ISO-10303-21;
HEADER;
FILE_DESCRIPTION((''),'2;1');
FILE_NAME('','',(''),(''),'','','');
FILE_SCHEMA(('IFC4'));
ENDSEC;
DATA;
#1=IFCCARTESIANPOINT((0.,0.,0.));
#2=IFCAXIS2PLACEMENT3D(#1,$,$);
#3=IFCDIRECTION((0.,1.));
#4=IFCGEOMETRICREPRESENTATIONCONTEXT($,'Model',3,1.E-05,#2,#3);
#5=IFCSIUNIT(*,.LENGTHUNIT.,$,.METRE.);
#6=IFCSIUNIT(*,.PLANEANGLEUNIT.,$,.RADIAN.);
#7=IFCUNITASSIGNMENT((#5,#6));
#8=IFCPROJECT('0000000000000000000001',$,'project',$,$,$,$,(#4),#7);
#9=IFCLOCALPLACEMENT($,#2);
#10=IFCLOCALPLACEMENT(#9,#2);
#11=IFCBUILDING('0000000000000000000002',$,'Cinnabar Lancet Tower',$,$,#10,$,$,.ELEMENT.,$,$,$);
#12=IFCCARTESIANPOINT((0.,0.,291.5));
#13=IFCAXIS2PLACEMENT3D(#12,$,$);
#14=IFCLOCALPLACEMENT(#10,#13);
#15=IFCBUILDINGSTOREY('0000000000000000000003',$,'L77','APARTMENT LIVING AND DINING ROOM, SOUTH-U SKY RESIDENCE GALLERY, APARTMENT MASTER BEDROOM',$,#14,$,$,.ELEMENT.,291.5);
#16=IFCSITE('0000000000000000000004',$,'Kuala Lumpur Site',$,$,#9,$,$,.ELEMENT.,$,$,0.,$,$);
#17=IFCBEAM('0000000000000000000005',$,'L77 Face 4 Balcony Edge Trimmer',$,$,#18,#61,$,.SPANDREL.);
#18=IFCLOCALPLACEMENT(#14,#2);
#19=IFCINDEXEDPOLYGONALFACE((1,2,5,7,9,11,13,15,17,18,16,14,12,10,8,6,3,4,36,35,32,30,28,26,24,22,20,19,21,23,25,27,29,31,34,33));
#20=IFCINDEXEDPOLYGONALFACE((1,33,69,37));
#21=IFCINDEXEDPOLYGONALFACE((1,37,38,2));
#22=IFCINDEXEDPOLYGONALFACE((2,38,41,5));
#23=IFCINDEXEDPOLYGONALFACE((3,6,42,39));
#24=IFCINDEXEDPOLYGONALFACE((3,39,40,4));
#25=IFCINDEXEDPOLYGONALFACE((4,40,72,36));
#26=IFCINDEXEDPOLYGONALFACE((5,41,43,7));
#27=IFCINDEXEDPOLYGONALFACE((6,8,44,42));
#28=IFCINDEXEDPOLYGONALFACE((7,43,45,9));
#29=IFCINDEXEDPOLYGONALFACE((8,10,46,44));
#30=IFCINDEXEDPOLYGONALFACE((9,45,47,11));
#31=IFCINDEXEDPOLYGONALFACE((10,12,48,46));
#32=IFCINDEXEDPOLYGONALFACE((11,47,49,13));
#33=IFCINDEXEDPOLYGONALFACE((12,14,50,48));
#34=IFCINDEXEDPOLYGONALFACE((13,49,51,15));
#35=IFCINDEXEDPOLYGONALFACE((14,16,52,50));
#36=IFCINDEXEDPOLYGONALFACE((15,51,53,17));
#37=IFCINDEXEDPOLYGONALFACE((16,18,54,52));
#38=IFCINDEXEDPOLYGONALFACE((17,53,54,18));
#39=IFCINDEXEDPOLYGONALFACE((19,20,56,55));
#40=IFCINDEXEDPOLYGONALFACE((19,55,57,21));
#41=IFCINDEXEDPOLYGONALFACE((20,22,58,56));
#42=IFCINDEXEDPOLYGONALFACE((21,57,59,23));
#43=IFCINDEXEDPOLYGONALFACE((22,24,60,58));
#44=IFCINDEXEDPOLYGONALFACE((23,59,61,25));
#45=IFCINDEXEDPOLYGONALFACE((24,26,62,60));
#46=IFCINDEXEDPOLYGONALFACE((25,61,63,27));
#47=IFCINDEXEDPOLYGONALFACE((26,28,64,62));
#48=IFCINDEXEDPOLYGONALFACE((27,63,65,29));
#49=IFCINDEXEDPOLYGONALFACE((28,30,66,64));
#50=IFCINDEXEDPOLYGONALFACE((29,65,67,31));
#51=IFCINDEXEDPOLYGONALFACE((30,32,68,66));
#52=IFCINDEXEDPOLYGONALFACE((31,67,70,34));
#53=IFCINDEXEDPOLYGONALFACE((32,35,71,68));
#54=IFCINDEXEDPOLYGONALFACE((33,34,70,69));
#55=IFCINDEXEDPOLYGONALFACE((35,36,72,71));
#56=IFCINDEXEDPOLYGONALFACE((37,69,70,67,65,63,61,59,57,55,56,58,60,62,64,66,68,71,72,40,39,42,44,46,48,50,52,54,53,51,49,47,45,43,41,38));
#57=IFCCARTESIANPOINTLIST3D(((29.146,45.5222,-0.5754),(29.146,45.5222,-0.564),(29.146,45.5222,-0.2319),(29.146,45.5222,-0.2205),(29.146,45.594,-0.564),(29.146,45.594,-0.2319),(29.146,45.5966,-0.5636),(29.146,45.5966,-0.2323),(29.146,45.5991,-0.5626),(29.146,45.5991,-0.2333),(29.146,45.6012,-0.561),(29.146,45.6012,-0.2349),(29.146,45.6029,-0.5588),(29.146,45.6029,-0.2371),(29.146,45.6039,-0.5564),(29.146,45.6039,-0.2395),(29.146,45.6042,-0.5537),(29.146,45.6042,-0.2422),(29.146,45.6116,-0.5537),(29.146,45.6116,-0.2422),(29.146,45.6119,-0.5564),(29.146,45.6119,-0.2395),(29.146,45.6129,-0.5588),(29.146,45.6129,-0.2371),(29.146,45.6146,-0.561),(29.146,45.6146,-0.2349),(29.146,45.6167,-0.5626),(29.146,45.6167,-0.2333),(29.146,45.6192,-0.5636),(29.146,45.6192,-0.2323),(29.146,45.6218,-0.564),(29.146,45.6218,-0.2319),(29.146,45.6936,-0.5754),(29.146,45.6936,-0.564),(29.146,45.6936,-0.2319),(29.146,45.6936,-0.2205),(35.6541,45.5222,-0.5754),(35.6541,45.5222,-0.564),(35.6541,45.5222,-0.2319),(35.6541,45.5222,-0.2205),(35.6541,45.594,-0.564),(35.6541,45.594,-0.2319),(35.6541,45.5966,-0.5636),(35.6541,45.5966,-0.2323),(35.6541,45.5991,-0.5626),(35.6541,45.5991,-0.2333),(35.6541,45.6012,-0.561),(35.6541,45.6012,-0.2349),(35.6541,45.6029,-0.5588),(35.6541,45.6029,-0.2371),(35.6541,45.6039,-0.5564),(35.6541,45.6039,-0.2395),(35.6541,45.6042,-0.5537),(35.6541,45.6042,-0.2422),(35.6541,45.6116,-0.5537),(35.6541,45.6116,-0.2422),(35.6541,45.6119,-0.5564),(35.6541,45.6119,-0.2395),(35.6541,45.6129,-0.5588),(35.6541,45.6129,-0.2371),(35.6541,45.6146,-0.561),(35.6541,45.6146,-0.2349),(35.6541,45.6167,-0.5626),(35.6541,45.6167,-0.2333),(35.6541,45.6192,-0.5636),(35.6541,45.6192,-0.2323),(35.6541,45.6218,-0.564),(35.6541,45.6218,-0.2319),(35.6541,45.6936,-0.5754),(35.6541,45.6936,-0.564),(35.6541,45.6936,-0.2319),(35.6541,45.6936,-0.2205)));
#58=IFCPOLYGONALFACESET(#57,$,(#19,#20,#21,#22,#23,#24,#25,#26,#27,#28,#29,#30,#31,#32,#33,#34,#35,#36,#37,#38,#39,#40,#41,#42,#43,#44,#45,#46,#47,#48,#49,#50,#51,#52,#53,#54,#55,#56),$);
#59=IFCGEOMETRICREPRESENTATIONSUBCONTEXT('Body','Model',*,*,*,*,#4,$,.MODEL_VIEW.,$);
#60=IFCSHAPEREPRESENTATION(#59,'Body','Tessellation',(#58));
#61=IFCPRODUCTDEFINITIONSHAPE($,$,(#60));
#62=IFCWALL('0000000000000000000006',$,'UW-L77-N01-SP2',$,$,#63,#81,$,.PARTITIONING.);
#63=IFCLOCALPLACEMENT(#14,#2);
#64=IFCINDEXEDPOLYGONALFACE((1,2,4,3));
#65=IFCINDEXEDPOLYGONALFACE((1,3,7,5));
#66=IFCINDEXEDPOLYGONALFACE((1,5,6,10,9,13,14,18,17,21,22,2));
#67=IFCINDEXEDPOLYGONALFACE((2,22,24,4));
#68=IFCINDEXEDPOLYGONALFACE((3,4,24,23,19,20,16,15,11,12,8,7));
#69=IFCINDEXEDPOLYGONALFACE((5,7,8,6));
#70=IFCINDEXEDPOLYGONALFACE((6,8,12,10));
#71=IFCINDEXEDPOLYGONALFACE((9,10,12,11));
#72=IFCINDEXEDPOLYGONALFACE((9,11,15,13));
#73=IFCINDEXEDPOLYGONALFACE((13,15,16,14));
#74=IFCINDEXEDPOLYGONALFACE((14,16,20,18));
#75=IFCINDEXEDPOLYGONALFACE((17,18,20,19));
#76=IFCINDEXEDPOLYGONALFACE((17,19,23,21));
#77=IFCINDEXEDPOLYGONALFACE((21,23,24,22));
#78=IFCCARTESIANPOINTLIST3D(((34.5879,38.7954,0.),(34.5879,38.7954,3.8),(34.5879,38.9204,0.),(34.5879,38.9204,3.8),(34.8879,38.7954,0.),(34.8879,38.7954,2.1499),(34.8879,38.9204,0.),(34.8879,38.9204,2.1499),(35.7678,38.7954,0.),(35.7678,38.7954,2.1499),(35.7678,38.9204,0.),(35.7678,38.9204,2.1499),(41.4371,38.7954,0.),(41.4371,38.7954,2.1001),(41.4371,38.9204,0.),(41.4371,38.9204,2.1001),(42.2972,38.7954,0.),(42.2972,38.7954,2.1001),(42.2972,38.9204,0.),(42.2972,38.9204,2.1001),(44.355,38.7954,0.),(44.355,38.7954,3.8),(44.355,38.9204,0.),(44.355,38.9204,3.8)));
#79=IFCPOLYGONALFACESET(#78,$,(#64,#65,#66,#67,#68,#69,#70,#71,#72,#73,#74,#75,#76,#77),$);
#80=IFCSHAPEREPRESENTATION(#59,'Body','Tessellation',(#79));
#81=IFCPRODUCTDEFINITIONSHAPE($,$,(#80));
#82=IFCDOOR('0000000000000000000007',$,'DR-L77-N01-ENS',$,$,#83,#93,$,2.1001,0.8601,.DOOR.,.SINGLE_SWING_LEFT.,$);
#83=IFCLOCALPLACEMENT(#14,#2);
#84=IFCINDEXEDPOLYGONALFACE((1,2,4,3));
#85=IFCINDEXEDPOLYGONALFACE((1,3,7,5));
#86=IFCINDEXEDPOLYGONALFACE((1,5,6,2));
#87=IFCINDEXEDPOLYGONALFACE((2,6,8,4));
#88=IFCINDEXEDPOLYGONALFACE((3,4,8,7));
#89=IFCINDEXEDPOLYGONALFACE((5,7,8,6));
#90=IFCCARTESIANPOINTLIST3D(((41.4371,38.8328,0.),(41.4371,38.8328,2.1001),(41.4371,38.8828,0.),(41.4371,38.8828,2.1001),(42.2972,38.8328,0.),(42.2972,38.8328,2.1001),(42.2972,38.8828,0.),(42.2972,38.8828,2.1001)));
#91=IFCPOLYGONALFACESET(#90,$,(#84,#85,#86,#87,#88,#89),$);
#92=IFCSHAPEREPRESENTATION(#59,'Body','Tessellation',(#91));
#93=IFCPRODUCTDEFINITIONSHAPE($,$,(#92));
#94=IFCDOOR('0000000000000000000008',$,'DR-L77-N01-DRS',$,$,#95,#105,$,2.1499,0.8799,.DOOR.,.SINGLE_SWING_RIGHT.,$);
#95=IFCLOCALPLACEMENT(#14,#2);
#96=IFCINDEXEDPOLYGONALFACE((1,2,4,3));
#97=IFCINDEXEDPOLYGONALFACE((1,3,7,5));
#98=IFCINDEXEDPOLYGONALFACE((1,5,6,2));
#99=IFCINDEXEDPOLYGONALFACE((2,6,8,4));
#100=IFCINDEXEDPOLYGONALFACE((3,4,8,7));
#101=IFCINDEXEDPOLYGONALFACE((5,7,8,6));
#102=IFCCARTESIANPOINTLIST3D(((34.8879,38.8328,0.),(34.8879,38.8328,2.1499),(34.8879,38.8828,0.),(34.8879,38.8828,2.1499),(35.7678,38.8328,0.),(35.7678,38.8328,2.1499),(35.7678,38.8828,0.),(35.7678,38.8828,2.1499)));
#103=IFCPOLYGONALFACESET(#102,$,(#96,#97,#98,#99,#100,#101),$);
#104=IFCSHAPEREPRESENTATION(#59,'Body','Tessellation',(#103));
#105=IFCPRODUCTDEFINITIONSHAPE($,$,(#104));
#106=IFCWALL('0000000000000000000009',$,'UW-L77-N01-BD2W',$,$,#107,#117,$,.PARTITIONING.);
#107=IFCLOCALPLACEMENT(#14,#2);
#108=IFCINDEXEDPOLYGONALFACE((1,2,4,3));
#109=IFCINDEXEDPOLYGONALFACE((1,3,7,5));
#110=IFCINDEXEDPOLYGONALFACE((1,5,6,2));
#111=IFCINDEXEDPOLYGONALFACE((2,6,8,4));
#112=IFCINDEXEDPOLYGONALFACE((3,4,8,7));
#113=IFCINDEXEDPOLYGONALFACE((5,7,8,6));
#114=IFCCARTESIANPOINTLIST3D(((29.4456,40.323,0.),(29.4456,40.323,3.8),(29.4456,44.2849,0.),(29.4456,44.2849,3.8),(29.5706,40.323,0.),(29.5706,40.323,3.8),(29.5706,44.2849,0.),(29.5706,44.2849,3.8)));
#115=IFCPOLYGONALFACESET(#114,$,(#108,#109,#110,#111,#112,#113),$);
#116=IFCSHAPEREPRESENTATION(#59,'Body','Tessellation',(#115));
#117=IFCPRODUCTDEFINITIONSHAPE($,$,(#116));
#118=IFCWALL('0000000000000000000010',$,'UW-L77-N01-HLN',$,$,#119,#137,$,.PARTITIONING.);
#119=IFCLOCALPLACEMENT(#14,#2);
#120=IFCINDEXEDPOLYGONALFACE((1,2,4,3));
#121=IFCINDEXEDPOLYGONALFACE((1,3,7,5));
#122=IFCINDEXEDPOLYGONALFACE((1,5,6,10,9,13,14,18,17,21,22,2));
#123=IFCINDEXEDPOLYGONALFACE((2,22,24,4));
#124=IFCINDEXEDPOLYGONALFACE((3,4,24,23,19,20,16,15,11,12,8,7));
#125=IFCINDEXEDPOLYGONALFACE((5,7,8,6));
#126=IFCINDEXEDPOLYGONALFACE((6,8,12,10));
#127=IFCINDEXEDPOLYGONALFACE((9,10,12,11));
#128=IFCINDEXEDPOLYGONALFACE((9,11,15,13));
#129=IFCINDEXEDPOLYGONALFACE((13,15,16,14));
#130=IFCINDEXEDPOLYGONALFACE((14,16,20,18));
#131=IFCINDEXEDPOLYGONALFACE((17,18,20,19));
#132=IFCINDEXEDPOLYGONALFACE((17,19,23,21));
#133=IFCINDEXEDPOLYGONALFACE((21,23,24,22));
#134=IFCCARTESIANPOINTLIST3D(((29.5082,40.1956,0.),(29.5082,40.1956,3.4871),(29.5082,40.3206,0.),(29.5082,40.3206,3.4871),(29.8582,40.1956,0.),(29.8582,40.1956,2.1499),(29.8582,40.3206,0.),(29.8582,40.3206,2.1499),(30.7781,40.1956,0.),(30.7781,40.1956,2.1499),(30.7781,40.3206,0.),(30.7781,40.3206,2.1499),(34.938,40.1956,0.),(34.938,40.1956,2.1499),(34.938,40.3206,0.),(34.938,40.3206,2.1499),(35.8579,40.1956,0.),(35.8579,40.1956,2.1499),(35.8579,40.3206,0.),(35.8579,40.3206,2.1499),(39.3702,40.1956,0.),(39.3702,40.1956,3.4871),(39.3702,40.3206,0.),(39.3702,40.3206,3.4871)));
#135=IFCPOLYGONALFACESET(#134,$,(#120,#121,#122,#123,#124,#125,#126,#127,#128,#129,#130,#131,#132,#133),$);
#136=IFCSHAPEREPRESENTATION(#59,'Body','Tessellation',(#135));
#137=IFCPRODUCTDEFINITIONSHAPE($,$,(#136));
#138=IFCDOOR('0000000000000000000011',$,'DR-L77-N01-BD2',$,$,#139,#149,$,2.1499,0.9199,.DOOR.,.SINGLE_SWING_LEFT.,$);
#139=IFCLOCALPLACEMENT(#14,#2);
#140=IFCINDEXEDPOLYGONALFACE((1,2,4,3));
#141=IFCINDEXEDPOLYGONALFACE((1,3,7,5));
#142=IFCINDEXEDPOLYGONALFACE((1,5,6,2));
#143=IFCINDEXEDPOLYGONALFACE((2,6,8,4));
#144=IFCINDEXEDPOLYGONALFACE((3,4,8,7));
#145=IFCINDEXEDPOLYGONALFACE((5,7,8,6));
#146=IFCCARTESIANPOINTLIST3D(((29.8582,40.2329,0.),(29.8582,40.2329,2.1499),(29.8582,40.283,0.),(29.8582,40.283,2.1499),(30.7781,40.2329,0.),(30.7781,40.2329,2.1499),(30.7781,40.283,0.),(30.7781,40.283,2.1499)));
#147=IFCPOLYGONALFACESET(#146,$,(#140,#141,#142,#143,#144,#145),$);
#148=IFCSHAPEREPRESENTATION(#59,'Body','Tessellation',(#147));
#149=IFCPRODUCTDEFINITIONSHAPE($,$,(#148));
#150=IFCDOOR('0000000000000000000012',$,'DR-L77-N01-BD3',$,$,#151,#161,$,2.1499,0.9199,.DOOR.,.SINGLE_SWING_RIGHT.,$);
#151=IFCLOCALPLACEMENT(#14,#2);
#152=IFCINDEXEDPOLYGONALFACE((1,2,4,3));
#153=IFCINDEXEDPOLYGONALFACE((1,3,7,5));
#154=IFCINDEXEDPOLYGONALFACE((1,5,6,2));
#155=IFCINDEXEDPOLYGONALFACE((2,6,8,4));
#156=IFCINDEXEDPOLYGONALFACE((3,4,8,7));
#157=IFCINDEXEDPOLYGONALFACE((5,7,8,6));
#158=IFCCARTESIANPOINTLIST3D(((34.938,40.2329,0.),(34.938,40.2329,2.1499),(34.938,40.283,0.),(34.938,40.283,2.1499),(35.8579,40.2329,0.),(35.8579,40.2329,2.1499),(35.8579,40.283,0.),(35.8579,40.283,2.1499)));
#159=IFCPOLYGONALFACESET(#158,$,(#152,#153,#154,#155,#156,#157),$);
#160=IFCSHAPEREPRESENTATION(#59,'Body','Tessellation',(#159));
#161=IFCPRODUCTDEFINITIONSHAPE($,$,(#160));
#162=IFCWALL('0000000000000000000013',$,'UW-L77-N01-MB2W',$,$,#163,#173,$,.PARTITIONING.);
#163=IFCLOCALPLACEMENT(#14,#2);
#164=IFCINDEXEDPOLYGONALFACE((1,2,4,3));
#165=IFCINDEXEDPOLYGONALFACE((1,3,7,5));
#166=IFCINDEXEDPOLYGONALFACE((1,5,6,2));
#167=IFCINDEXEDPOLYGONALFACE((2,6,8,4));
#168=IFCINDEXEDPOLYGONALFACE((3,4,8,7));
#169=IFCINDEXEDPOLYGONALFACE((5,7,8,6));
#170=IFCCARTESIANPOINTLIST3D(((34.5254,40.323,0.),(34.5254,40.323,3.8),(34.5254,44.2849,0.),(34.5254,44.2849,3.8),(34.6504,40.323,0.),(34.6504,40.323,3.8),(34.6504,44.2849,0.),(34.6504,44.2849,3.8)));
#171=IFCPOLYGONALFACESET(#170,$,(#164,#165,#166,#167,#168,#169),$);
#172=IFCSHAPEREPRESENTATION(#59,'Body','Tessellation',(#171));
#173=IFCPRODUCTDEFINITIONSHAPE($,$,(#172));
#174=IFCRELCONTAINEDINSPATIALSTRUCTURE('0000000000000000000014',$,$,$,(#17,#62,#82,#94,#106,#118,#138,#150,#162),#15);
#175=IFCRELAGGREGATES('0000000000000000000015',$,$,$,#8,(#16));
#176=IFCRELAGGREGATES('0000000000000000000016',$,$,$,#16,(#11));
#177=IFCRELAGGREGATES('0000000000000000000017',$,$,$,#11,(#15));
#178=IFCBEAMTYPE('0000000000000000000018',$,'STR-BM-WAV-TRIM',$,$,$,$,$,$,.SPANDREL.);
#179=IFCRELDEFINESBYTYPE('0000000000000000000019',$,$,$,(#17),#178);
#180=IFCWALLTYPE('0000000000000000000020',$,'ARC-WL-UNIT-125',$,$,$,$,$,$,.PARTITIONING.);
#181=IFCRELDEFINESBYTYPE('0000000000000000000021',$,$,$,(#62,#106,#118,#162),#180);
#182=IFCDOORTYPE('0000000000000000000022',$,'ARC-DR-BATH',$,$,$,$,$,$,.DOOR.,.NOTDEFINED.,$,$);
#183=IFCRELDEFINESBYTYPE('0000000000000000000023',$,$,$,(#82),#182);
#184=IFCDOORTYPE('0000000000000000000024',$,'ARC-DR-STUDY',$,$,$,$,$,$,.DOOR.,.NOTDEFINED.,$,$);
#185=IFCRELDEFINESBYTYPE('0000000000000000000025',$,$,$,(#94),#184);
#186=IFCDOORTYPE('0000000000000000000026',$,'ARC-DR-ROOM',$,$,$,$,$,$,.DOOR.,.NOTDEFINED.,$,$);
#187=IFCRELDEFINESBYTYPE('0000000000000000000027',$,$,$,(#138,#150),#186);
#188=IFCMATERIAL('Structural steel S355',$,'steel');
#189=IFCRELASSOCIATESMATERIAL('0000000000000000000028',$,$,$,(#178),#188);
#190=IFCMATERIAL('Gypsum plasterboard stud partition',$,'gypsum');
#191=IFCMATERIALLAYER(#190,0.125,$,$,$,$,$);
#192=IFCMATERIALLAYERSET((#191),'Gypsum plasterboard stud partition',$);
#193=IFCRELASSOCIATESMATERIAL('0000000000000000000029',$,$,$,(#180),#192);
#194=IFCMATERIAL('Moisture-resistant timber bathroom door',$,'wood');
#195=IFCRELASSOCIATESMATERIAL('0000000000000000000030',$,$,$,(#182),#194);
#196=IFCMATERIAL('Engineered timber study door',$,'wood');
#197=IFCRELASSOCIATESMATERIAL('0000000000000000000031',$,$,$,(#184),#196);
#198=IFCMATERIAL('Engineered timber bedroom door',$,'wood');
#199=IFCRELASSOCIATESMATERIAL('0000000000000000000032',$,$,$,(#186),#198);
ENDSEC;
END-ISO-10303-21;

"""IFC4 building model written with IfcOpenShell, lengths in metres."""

from ifc_helpers import new_model, si_unit, direction, frame, frame_2d, origin, origin_2d, place, context, subcontext, project, spatial, rectangle, i_section, extrude, material, layer, layer_set, material_profile, profile_set, type_object, element, fill, save


model = new_model("IFC4")

# Units and contexts
model_context = context("Model", 3, precision=1e-05, world=origin(), true_north=direction((0.0, 1.0)))
body_context = subcontext(model_context, "Body", "Model", "MODEL_VIEW")
ifc_project = project(units=[si_unit("LENGTHUNIT", "METRE"), si_unit("PLANEANGLEUNIT", "RADIAN")], contexts=[model_context])

# Site, building, storey
site_placement = place(None, origin())
site = spatial("IfcSite", under=ifc_project, at=site_placement, Name="Kuala Lumpur Site", CompositionType="ELEMENT", RefElevation=0.0)
building_placement = place(site_placement, origin())
building = spatial("IfcBuilding", under=site, at=building_placement, Name="Cinnabar Lancet Tower", CompositionType="ELEMENT")
storey_placement = place(building_placement, frame((0.0, 0.0, 291.5)))
storey = spatial("IfcBuildingStorey", under=building, at=storey_placement, Name="L77", Description="APARTMENT LIVING AND DINING ROOM, SOUTH-U SKY RESIDENCE GALLERY, APARTMENT MASTER BEDROOM", CompositionType="ELEMENT", Elevation=291.5)

# Beam
ifc_material_1 = material(Name="Structural steel S355", Category="steel")
ifc_material_profile_1 = material_profile(ifc_material_1, i_section(OverallWidth=0.1714, OverallDepth=0.355, WebThickness=0.0073, FlangeThickness=0.0115, FilletRadius=0.0103, at=origin_2d()), Name="UKB 356x171x51")
ifc_profile_set_1 = profile_set([ifc_material_profile_1], Name="Structural steel S355")
beam_type_1 = type_object("IfcBeamType", Name="STR-BM-WAV-TRIM", PredefinedType="SPANDREL", material=ifc_profile_set_1)
beam_1_placement = place(storey_placement, frame((35.6541, 45.6079, -0.3979), z_axis=(-1.0, 0.0, 0.0), x_axis=(0.0, -1.0, 0.0)))
element("IfcBeam", 1, at=beam_1_placement, inside=storey, type_object=beam_type_1, Name="L77 Face 4 Balcony Edge Trimmer", PredefinedType="SPANDREL", context=body_context, shape_type="SweptSolid", body=[
    extrude(i_section(OverallWidth=0.1714, OverallDepth=0.355, WebThickness=0.0073, FlangeThickness=0.0115, FilletRadius=0.0103, at=origin_2d()), origin(), (0.0, 0.0, 1.0), 6.5081),
])

# Wall, openings, doors
ifc_material_2 = material(Name="Gypsum plasterboard stud partition", Category="gypsum")
ifc_layer_1 = layer(ifc_material_2, 0.125)
ifc_layer_set_1 = layer_set([ifc_layer_1], Name="Gypsum plasterboard stud partition")
wall_type_1 = type_object("IfcWallType", Name="ARC-WL-UNIT-125", PredefinedType="PARTITIONING", material=ifc_layer_set_1)
wall_1_placement = place(storey_placement, frame((34.5879, 38.8579, 0.0), z_axis=(0.0, 0.0, 1.0), x_axis=(1.0, 0.0, 0.0)))
wall_1 = element("IfcWall", 2, at=wall_1_placement, inside=storey, type_object=wall_type_1, Name="UW-L77-N01-SP2", PredefinedType="PARTITIONING", context=body_context, shape_type="SweptSolid", body=[
    extrude(rectangle(XDim=9.7671, YDim=0.125, at=frame_2d((4.8835, 0.0))), origin(), (0.0, 0.0, 1.0), 3.8),
])
opening_1_placement = place(wall_1_placement, frame((6.8491, 0.0, 0.0)))
opening_1 = element("IfcOpeningElement", 3, at=opening_1_placement, cuts=wall_1, PredefinedType="OPENING", context=body_context, shape_type="SweptSolid", body=[
    extrude(rectangle(XDim=0.8601, YDim=2.1001, at=frame_2d((0.4302, 1.05))), frame((0.0, 0.0725, 0.0), z_axis=(0.0, -1.0, 0.0), x_axis=(1.0, 0.0, 0.0)), (0.0, 0.0, 1.0), 0.145),
])
opening_2_placement = place(wall_1_placement, frame((0.3, 0.0, 0.0)))
opening_2 = element("IfcOpeningElement", 4, at=opening_2_placement, cuts=wall_1, PredefinedType="OPENING", context=body_context, shape_type="SweptSolid", body=[
    extrude(rectangle(XDim=0.8799, YDim=2.1499, at=frame_2d((0.4399, 1.075))), frame((0.0, 0.0725, 0.0), z_axis=(0.0, -1.0, 0.0), x_axis=(1.0, 0.0, 0.0)), (0.0, 0.0, 1.0), 0.145),
])
ifc_material_3 = material(Name="Moisture-resistant timber bathroom door", Category="wood")
door_type_1 = type_object("IfcDoorType", Name="ARC-DR-BATH", OperationType="NOTDEFINED", PredefinedType="DOOR", material=ifc_material_3)
door_1_placement = place(opening_1_placement, origin())
door_1 = element("IfcDoor", 5, at=door_1_placement, inside=storey, type_object=door_type_1, Name="DR-L77-N01-ENS", OperationType="SINGLE_SWING_LEFT", OverallHeight=2.1001, OverallWidth=0.8601, PredefinedType="DOOR", context=body_context, shape_type="SweptSolid", body=[
    extrude(rectangle(XDim=0.8601, YDim=2.1001, at=frame_2d((0.4302, 1.05))), frame((0.0, 0.0249, 0.0), z_axis=(0.0, -1.0, 0.0), x_axis=(1.0, 0.0, 0.0)), (0.0, 0.0, 1.0), 0.05),
])
fill(opening_1, door_1)
ifc_material_4 = material(Name="Engineered timber study door", Category="wood")
door_type_2 = type_object("IfcDoorType", Name="ARC-DR-STUDY", OperationType="NOTDEFINED", PredefinedType="DOOR", material=ifc_material_4)
door_2_placement = place(opening_2_placement, origin())
door_2 = element("IfcDoor", 6, at=door_2_placement, inside=storey, type_object=door_type_2, Name="DR-L77-N01-DRS", OperationType="SINGLE_SWING_RIGHT", OverallHeight=2.1499, OverallWidth=0.8799, PredefinedType="DOOR", context=body_context, shape_type="SweptSolid", body=[
    extrude(rectangle(XDim=0.8799, YDim=2.1499, at=frame_2d((0.4399, 1.075))), frame((0.0, 0.0249, 0.0), z_axis=(0.0, -1.0, 0.0), x_axis=(1.0, 0.0, 0.0)), (0.0, 0.0, 1.0), 0.05),
])
fill(opening_2, door_2)

# Wall
wall_2_placement = place(storey_placement, frame((29.5081, 40.323, 0.0), z_axis=(0.0, 0.0, 1.0), x_axis=(0.0, 1.0, 0.0)))
element("IfcWall", 7, at=wall_2_placement, inside=storey, type_object=wall_type_1, Name="UW-L77-N01-BD2W", PredefinedType="PARTITIONING", context=body_context, shape_type="SweptSolid", body=[
    extrude(rectangle(XDim=3.9619, YDim=0.125, at=frame_2d((1.981, 0.0))), origin(), (0.0, 0.0, 1.0), 3.8),
])

# Wall, openings, doors
wall_3_placement = place(storey_placement, frame((29.5081, 40.2581, 0.0), z_axis=(0.0, 0.0, 1.0), x_axis=(1.0, 0.0, 0.0)))
wall_3 = element("IfcWall", 8, at=wall_3_placement, inside=storey, type_object=wall_type_1, Name="UW-L77-N01-HLN", PredefinedType="PARTITIONING", context=body_context, shape_type="SweptSolid", body=[
    extrude(rectangle(XDim=9.8621, YDim=0.125, at=frame_2d((4.9312, 0.0))), origin(), (0.0, 0.0, 1.0), 3.4871),
])
opening_3_placement = place(wall_3_placement, frame((0.3501, 0.0, 0.0)))
opening_3 = element("IfcOpeningElement", 9, at=opening_3_placement, cuts=wall_3, PredefinedType="OPENING", context=body_context, shape_type="SweptSolid", body=[
    extrude(rectangle(XDim=0.9199, YDim=2.1499, at=frame_2d((0.46, 1.075))), frame((0.0, 0.0725, 0.0), z_axis=(0.0, -1.0, 0.0), x_axis=(1.0, 0.0, 0.0)), (0.0, 0.0, 1.0), 0.145),
])
opening_4_placement = place(wall_3_placement, frame((5.4299, 0.0, 0.0)))
opening_4 = element("IfcOpeningElement", 10, at=opening_4_placement, cuts=wall_3, PredefinedType="OPENING", context=body_context, shape_type="SweptSolid", body=[
    extrude(rectangle(XDim=0.9199, YDim=2.1499, at=frame_2d((0.46, 1.075))), frame((0.0, 0.0725, 0.0), z_axis=(0.0, -1.0, 0.0), x_axis=(1.0, 0.0, 0.0)), (0.0, 0.0, 1.0), 0.145),
])
ifc_material_5 = material(Name="Engineered timber bedroom door", Category="wood")
door_type_3 = type_object("IfcDoorType", Name="ARC-DR-ROOM", OperationType="NOTDEFINED", PredefinedType="DOOR", material=ifc_material_5)
door_3_placement = place(opening_3_placement, origin())
door_3 = element("IfcDoor", 11, at=door_3_placement, inside=storey, type_object=door_type_3, Name="DR-L77-N01-BD2", OperationType="SINGLE_SWING_LEFT", OverallHeight=2.1499, OverallWidth=0.9199, PredefinedType="DOOR", context=body_context, shape_type="SweptSolid", body=[
    extrude(rectangle(XDim=0.9199, YDim=2.1499, at=frame_2d((0.46, 1.075))), frame((0.0, 0.0249, 0.0), z_axis=(0.0, -1.0, 0.0), x_axis=(1.0, 0.0, 0.0)), (0.0, 0.0, 1.0), 0.05),
])
fill(opening_3, door_3)
door_4_placement = place(opening_4_placement, origin())
door_4 = element("IfcDoor", 12, at=door_4_placement, inside=storey, type_object=door_type_3, Name="DR-L77-N01-BD3", OperationType="SINGLE_SWING_RIGHT", OverallHeight=2.1499, OverallWidth=0.9199, PredefinedType="DOOR", context=body_context, shape_type="SweptSolid", body=[
    extrude(rectangle(XDim=0.9199, YDim=2.1499, at=frame_2d((0.46, 1.075))), frame((0.0, 0.0249, 0.0), z_axis=(0.0, -1.0, 0.0), x_axis=(1.0, 0.0, 0.0)), (0.0, 0.0, 1.0), 0.05),
])
fill(opening_4, door_4)

# Wall
for number, where, z_axis, x_axis, name in (
    (13, (34.5879, 40.323, 0.0), (0.0, 0.0, 1.0), (0.0, 1.0, 0.0), "UW-L77-N01-MB2W"),
):
    element("IfcWall", number, at=place(storey_placement, frame(where, z_axis=z_axis, x_axis=x_axis)), inside=storey, type_object=wall_type_1, Name=name, PredefinedType="PARTITIONING", context=body_context, shape_type="SweptSolid", body=[
        extrude(rectangle(XDim=3.9619, YDim=0.125, at=frame_2d((1.981, 0.0))), origin(), (0.0, 0.0, 1.0), 3.8),
    ])

save(model, "model.ifc")
